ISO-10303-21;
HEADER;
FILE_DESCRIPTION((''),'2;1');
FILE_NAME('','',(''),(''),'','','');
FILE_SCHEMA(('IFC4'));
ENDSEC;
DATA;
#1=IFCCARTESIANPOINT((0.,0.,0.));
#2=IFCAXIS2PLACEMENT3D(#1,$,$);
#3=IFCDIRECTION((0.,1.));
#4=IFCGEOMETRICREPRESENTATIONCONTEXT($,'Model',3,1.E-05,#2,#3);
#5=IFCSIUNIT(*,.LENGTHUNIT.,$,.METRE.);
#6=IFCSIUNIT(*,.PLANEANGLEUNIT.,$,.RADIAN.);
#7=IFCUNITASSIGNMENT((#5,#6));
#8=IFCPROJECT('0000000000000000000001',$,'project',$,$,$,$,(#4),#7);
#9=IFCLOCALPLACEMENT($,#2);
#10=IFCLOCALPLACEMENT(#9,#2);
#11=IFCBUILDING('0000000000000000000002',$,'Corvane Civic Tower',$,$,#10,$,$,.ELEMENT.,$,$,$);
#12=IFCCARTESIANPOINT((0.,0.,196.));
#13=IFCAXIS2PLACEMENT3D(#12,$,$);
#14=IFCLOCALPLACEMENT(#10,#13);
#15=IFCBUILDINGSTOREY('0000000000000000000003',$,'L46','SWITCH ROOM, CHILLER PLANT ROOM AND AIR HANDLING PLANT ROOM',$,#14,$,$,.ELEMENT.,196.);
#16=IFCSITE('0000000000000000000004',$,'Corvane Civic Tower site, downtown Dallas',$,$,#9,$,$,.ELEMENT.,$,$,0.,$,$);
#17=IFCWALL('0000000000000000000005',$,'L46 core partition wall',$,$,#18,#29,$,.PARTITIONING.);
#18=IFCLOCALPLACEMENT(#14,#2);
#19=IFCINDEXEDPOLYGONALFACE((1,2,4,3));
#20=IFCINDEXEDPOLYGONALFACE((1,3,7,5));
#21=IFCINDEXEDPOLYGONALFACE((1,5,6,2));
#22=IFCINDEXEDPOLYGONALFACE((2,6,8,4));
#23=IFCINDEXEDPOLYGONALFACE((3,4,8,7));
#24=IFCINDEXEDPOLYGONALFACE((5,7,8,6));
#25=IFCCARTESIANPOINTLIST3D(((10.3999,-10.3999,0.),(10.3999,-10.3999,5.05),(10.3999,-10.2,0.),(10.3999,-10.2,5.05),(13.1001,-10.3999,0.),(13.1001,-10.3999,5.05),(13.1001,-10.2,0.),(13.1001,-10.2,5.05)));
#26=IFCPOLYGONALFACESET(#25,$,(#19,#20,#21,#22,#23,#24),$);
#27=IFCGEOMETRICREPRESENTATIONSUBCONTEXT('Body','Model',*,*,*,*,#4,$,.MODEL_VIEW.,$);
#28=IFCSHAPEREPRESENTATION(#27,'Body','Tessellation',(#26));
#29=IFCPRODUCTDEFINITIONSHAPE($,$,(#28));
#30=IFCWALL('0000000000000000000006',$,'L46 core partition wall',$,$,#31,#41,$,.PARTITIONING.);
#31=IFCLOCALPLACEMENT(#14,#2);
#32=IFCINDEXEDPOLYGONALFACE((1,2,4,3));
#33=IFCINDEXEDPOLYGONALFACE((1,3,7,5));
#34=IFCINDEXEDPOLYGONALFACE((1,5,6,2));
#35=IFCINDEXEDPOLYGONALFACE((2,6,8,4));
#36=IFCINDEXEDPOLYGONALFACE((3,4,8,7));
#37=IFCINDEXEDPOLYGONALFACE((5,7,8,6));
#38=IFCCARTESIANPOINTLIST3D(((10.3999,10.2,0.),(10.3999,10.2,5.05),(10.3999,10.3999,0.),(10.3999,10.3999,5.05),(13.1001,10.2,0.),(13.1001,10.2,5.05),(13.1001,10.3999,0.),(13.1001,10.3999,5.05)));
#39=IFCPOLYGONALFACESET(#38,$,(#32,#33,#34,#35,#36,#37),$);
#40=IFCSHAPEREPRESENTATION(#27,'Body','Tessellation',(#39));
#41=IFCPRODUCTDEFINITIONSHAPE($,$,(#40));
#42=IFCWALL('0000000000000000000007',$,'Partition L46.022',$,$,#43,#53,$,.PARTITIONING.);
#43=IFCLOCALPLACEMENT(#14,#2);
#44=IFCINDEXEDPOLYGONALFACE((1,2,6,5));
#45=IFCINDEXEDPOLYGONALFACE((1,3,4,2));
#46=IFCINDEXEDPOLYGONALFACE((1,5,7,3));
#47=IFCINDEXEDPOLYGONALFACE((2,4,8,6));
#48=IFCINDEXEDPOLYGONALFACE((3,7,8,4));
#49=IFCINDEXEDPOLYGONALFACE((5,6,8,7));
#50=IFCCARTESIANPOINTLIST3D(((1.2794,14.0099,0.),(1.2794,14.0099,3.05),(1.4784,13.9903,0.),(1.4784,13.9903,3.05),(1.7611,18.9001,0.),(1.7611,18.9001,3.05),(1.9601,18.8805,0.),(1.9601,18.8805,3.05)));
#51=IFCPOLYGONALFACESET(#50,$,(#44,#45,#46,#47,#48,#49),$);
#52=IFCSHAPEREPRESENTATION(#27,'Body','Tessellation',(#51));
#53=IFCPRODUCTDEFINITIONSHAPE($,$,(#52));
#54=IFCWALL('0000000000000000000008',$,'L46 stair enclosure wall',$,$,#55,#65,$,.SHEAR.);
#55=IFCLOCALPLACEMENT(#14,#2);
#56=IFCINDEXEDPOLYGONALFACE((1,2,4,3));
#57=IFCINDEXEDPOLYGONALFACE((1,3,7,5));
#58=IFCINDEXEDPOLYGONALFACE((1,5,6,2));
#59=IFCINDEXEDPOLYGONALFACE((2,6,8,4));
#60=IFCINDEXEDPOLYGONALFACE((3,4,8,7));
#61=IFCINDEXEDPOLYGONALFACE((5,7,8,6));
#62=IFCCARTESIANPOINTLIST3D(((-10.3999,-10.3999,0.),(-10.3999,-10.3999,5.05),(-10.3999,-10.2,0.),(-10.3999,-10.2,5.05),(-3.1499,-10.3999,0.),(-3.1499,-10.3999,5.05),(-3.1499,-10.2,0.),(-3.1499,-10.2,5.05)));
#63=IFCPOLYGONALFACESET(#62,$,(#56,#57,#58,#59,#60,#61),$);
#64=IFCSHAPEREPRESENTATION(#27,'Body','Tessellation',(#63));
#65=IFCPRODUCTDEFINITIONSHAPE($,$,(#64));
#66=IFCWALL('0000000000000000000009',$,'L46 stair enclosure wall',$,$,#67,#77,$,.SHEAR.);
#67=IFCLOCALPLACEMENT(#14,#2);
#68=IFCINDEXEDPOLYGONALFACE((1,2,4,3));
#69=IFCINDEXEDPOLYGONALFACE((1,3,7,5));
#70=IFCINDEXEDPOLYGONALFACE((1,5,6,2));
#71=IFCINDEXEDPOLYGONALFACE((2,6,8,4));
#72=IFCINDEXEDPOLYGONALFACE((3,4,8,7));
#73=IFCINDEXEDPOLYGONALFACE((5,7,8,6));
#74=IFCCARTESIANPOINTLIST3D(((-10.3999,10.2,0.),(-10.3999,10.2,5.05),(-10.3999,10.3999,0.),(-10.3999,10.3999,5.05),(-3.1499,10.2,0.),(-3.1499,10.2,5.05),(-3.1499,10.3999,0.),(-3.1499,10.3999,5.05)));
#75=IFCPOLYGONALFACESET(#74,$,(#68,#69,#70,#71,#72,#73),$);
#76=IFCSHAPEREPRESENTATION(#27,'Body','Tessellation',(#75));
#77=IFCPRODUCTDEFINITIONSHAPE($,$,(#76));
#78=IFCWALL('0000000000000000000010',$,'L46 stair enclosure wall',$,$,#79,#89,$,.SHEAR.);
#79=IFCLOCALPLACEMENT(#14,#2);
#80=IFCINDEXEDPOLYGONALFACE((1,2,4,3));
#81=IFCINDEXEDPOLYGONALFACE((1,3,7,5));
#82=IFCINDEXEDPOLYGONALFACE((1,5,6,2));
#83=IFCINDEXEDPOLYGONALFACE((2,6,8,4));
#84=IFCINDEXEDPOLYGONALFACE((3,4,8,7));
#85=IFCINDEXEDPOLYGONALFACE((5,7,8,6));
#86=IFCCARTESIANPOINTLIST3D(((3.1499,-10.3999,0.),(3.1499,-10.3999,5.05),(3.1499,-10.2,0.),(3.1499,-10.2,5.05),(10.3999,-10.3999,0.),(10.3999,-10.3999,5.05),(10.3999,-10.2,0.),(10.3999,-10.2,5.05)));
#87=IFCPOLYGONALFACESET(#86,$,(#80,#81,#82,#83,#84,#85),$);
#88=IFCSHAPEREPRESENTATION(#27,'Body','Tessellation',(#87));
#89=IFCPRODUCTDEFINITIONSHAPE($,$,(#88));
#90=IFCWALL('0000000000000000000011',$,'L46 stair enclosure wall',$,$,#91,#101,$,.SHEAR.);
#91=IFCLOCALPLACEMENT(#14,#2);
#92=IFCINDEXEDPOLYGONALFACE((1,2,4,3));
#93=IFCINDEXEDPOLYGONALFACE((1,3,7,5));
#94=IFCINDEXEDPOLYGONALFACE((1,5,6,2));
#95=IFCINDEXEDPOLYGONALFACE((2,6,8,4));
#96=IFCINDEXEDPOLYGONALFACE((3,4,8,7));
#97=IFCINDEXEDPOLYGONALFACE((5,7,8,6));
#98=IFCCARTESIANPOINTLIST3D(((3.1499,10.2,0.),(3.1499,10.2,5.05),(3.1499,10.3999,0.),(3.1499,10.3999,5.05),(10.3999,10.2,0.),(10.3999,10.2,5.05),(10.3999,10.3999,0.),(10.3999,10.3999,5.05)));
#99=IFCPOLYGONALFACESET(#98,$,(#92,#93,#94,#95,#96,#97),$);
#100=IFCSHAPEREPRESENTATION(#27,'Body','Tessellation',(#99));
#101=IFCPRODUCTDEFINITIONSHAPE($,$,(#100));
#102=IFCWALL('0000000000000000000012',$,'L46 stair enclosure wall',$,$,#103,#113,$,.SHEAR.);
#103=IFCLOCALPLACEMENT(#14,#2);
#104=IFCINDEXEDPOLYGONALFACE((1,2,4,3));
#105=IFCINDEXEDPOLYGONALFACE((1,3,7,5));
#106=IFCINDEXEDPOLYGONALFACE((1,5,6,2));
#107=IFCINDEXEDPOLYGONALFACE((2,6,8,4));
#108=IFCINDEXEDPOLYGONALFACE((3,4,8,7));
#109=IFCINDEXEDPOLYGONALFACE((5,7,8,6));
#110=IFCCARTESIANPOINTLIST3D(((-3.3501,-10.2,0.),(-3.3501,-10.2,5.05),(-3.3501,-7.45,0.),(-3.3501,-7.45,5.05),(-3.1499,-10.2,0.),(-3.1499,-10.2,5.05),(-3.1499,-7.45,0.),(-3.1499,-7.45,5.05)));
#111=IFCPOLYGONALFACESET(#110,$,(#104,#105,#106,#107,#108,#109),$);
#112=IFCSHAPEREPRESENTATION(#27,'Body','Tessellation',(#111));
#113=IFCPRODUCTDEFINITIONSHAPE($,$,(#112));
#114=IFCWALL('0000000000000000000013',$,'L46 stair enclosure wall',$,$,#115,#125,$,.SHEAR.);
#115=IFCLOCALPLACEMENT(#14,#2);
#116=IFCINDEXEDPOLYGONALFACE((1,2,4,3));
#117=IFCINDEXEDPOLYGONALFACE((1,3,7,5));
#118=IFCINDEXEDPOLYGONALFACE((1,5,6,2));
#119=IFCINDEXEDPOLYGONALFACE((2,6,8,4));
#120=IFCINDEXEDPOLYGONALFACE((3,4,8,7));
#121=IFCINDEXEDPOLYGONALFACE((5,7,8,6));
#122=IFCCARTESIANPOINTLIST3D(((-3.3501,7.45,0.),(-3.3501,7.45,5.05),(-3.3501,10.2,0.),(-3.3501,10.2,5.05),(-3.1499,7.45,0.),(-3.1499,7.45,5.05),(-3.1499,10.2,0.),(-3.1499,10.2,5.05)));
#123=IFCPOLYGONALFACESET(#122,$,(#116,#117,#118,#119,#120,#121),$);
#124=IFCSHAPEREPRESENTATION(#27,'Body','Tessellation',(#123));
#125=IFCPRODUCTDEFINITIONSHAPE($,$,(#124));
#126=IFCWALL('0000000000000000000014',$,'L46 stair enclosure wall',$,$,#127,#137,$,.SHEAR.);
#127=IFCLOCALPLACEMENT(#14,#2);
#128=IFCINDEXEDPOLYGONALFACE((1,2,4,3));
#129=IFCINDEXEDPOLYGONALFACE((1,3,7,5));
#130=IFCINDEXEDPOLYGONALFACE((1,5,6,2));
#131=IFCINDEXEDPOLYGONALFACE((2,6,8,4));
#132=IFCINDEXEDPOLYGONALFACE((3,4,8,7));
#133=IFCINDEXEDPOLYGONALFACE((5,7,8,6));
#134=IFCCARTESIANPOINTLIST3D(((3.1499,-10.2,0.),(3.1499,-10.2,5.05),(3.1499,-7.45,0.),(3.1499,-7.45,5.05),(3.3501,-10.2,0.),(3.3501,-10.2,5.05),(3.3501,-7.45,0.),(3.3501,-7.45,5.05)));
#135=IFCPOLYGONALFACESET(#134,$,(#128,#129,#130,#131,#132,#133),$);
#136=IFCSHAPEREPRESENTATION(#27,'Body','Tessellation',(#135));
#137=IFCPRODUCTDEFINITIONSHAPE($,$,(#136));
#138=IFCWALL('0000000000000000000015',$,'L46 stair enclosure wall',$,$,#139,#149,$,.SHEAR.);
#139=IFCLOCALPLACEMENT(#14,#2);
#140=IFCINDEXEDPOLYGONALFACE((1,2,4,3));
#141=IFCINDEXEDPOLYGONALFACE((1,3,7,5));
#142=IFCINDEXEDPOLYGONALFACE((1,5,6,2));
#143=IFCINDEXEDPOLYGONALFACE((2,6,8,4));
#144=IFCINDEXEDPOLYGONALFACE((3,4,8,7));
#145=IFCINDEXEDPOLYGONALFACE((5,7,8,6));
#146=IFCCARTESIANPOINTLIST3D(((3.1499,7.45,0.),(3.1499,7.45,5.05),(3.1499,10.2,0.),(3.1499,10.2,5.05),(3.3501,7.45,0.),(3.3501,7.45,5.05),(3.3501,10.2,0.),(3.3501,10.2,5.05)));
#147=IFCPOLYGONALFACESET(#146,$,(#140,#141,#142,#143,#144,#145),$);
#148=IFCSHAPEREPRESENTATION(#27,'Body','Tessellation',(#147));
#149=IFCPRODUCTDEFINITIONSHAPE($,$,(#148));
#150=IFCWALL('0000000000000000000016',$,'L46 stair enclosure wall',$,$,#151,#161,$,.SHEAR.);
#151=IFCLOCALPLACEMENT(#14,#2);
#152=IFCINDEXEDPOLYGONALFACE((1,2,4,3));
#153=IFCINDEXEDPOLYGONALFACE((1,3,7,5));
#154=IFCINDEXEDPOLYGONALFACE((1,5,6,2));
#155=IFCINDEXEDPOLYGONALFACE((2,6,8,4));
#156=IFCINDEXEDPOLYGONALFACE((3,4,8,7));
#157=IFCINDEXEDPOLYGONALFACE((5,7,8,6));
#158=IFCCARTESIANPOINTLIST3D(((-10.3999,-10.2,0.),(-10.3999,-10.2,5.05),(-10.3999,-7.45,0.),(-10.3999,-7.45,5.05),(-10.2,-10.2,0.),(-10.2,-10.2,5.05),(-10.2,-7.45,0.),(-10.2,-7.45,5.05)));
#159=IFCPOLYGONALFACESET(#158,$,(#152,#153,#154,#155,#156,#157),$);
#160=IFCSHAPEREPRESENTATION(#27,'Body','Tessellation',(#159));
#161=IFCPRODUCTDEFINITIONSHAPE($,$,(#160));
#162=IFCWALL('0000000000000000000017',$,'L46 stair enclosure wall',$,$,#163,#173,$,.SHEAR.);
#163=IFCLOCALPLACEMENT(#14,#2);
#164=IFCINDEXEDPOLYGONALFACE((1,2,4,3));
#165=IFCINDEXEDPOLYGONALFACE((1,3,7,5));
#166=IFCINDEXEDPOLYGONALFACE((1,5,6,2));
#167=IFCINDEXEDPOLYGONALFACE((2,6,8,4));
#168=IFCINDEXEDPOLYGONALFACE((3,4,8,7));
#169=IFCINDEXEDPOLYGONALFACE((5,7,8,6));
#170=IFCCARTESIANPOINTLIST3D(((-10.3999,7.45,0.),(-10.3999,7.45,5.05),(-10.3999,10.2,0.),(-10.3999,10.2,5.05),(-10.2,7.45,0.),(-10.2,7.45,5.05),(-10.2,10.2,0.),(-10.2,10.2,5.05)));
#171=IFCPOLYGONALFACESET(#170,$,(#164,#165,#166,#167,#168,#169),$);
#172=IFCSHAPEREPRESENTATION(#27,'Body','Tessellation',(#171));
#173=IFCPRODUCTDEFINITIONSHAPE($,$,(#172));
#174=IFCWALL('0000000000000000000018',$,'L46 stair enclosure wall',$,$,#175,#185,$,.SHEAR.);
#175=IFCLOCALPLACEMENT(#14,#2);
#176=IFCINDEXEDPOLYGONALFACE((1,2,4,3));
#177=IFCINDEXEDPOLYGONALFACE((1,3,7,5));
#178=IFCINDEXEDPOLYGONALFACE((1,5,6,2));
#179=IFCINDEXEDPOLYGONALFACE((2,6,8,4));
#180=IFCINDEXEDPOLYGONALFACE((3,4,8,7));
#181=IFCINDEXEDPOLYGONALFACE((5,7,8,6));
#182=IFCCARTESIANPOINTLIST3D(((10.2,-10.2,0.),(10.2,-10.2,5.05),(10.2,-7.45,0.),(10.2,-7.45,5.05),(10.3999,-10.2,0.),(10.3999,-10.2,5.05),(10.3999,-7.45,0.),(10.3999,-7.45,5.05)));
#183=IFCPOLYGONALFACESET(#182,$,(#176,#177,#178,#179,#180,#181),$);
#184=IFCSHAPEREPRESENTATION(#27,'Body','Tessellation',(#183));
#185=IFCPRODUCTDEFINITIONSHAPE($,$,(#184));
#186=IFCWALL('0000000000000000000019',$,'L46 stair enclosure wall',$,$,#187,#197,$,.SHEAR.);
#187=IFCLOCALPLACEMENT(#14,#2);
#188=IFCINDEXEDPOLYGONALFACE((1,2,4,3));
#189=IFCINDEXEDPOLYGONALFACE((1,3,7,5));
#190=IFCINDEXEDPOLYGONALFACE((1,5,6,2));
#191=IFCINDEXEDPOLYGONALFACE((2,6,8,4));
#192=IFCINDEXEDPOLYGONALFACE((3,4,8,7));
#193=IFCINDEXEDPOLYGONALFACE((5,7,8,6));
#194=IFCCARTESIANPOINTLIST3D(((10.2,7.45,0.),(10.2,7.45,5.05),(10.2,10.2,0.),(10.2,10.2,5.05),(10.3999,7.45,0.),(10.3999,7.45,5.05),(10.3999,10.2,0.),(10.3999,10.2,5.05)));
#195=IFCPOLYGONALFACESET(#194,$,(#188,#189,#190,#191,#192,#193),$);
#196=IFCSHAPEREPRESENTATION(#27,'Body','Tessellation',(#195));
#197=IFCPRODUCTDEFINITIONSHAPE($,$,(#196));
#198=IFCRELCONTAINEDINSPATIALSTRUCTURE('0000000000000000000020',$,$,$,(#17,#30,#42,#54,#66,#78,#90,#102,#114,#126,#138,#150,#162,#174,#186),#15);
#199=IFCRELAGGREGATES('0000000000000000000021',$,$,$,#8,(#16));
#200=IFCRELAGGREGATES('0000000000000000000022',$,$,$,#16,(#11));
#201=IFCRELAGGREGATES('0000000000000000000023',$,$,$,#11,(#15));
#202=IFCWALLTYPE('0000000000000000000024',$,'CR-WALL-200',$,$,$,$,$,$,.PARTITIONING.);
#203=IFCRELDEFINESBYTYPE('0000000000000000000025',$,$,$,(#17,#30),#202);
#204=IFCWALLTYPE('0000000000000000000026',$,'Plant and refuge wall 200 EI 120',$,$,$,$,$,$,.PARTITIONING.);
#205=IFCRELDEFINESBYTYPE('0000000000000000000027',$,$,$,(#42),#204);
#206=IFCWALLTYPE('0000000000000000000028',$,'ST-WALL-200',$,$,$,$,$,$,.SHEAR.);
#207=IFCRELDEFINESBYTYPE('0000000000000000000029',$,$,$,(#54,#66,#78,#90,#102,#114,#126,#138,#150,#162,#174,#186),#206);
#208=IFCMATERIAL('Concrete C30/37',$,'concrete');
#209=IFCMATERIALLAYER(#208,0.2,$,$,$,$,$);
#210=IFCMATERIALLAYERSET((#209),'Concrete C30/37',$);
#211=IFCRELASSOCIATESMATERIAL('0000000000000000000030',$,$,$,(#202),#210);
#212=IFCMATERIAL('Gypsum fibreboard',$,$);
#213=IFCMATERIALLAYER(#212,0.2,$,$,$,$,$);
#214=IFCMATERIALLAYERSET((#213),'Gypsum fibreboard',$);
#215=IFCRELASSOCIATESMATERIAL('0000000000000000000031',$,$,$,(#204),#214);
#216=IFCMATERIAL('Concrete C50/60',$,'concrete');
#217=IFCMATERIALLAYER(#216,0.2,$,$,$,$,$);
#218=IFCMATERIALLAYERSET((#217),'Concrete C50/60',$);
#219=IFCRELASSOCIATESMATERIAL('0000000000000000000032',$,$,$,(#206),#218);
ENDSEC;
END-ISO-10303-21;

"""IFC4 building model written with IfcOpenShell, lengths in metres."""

from ifc_helpers import new_model, si_unit, direction, frame, frame_2d, origin, place, context, subcontext, project, spatial, polyline, rectangle, outline, extrude, material, layer, layer_set, type_object, element, save


model = new_model("IFC4")

# Units and contexts
model_context = context("Model", 3, precision=1e-05, world=origin(), true_north=direction((0.0, 1.0)))
body_context = subcontext(model_context, "Body", "Model", "MODEL_VIEW")
ifc_project = project(units=[si_unit("LENGTHUNIT", "METRE"), si_unit("PLANEANGLEUNIT", "RADIAN")], contexts=[model_context])

# Site, building, storey
site_placement = place(None, origin())
site = spatial("IfcSite", under=ifc_project, at=site_placement, Name="Corvane Civic Tower site, downtown Dallas", CompositionType="ELEMENT", RefElevation=0.0)
building_placement = place(site_placement, origin())
building = spatial("IfcBuilding", under=site, at=building_placement, Name="Corvane Civic Tower", CompositionType="ELEMENT")
storey_placement = place(building_placement, frame((0.0, 0.0, 196.0)))
storey = spatial("IfcBuildingStorey", under=building, at=storey_placement, Name="L46", Description="SWITCH ROOM, CHILLER PLANT ROOM AND AIR HANDLING PLANT ROOM", CompositionType="ELEMENT", Elevation=196.0)

# Walls
ifc_material_1 = material(Name="Concrete C30/37", Category="concrete")
ifc_layer_1 = layer(ifc_material_1, 0.2)
ifc_layer_set_1 = layer_set([ifc_layer_1], Name="Concrete C30/37")
wall_type_1 = type_object("IfcWallType", Name="CR-WALL-200", PredefinedType="PARTITIONING", material=ifc_layer_set_1)
wall_1_placement = place(storey_placement, origin())
element("IfcWall", 1, at=wall_1_placement, inside=storey, type_object=wall_type_1, Name="L46 core partition wall", PredefinedType="PARTITIONING", context=body_context, shape_type="SweptSolid", body=[
    extrude(outline(polyline([(13.1001, -10.3999), (10.3999, -10.3999), (10.3999, -10.2), (13.1001, -10.2), (13.1001, -10.3999)])), origin(), (0.0, 0.0, 1.0), 5.05),
])
wall_2_placement = place(storey_placement, origin())
element("IfcWall", 2, at=wall_2_placement, inside=storey, type_object=wall_type_1, Name="L46 core partition wall", PredefinedType="PARTITIONING", context=body_context, shape_type="SweptSolid", body=[
    extrude(outline(polyline([(10.3999, 10.2), (10.3999, 10.3999), (13.1001, 10.3999), (13.1001, 10.2), (10.3999, 10.2)])), origin(), (0.0, 0.0, 1.0), 5.05),
])
ifc_material_2 = material(Name="Gypsum fibreboard")
ifc_layer_2 = layer(ifc_material_2, 0.2)
ifc_layer_set_2 = layer_set([ifc_layer_2], Name="Gypsum fibreboard")
wall_type_2 = type_object("IfcWallType", Name="Plant and refuge wall 200 EI 120", PredefinedType="PARTITIONING", material=ifc_layer_set_2)
wall_3_placement = place(storey_placement, frame((1.3789, 14.0, 0.0), z_axis=(0.0, 0.0, 1.0), x_axis=(0.098028, 0.995184, 0.0)))
element("IfcWall", 3, at=wall_3_placement, inside=storey, type_object=wall_type_2, Name="Partition L46.022", PredefinedType="PARTITIONING", context=body_context, shape_type="SweptSolid", body=[
    extrude(rectangle(XDim=4.9138, YDim=0.2, at=frame_2d((2.457, 0.0))), origin(), (0.0, 0.0, 1.0), 3.05),
])
ifc_material_3 = material(Name="Concrete C50/60", Category="concrete")
ifc_layer_3 = layer(ifc_material_3, 0.2)
ifc_layer_set_3 = layer_set([ifc_layer_3], Name="Concrete C50/60")
wall_type_3 = type_object("IfcWallType", Name="ST-WALL-200", PredefinedType="SHEAR", material=ifc_layer_set_3)
wall_4_placement = place(storey_placement, origin())
element("IfcWall", 4, at=wall_4_placement, inside=storey, type_object=wall_type_3, Name="L46 stair enclosure wall", PredefinedType="SHEAR", context=body_context, shape_type="SweptSolid", body=[
    extrude(outline(polyline([(-3.1499, -10.2), (-3.1499, -10.3999), (-10.3999, -10.3999), (-10.3999, -10.2), (-3.1499, -10.2)])), origin(), (0.0, 0.0, 1.0), 5.05),
])
wall_5_placement = place(storey_placement, origin())
element("IfcWall", 5, at=wall_5_placement, inside=storey, type_object=wall_type_3, Name="L46 stair enclosure wall", PredefinedType="SHEAR", context=body_context, shape_type="SweptSolid", body=[
    extrude(outline(polyline([(-3.1499, 10.2), (-10.3999, 10.2), (-10.3999, 10.3999), (-3.1499, 10.3999), (-3.1499, 10.2)])), origin(), (0.0, 0.0, 1.0), 5.05),
])
wall_6_placement = place(storey_placement, origin())
element("IfcWall", 6, at=wall_6_placement, inside=storey, type_object=wall_type_3, Name="L46 stair enclosure wall", PredefinedType="SHEAR", context=body_context, shape_type="SweptSolid", body=[
    extrude(outline(polyline([(10.3999, -10.3999), (3.1499, -10.3999), (3.1499, -10.2), (10.3999, -10.2), (10.3999, -10.3999)])), origin(), (0.0, 0.0, 1.0), 5.05),
])
wall_7_placement = place(storey_placement, origin())
element("IfcWall", 7, at=wall_7_placement, inside=storey, type_object=wall_type_3, Name="L46 stair enclosure wall", PredefinedType="SHEAR", context=body_context, shape_type="SweptSolid", body=[
    extrude(outline(polyline([(10.3999, 10.2), (3.1499, 10.2), (3.1499, 10.3999), (10.3999, 10.3999), (10.3999, 10.2)])), origin(), (0.0, 0.0, 1.0), 5.05),
])
wall_8_placement = place(storey_placement, origin())
element("IfcWall", 8, at=wall_8_placement, inside=storey, type_object=wall_type_3, Name="L46 stair enclosure wall", PredefinedType="SHEAR", context=body_context, shape_type="SweptSolid", body=[
    extrude(outline(polyline([(-3.1499, -7.45), (-3.1499, -10.2), (-3.3501, -10.2), (-3.3501, -7.45), (-3.1499, -7.45)])), origin(), (0.0, 0.0, 1.0), 5.05),
])
wall_9_placement = place(storey_placement, origin())
element("IfcWall", 9, at=wall_9_placement, inside=storey, type_object=wall_type_3, Name="L46 stair enclosure wall", PredefinedType="SHEAR", context=body_context, shape_type="SweptSolid", body=[
    extrude(outline(polyline([(-3.1499, 7.45), (-3.3501, 7.45), (-3.3501, 10.2), (-3.1499, 10.2), (-3.1499, 7.45)])), origin(), (0.0, 0.0, 1.0), 5.05),
])
wall_10_placement = place(storey_placement, origin())
element("IfcWall", 10, at=wall_10_placement, inside=storey, type_object=wall_type_3, Name="L46 stair enclosure wall", PredefinedType="SHEAR", context=body_context, shape_type="SweptSolid", body=[
    extrude(outline(polyline([(3.3501, -7.45), (3.3501, -10.2), (3.1499, -10.2), (3.1499, -7.45), (3.3501, -7.45)])), origin(), (0.0, 0.0, 1.0), 5.05),
])
wall_11_placement = place(storey_placement, origin())
element("IfcWall", 11, at=wall_11_placement, inside=storey, type_object=wall_type_3, Name="L46 stair enclosure wall", PredefinedType="SHEAR", context=body_context, shape_type="SweptSolid", body=[
    extrude(outline(polyline([(3.3501, 7.45), (3.1499, 7.45), (3.1499, 10.2), (3.3501, 10.2), (3.3501, 7.45)])), origin(), (0.0, 0.0, 1.0), 5.05),
])
wall_12_placement = place(storey_placement, origin())
element("IfcWall", 12, at=wall_12_placement, inside=storey, type_object=wall_type_3, Name="L46 stair enclosure wall", PredefinedType="SHEAR", context=body_context, shape_type="SweptSolid", body=[
    extrude(outline(polyline([(-10.2, -7.45), (-10.2, -10.2), (-10.3999, -10.2), (-10.3999, -7.45), (-10.2, -7.45)])), origin(), (0.0, 0.0, 1.0), 5.05),
])
wall_13_placement = place(storey_placement, origin())
element("IfcWall", 13, at=wall_13_placement, inside=storey, type_object=wall_type_3, Name="L46 stair enclosure wall", PredefinedType="SHEAR", context=body_context, shape_type="SweptSolid", body=[
    extrude(outline(polyline([(-10.2, 7.45), (-10.3999, 7.45), (-10.3999, 10.2), (-10.2, 10.2), (-10.2, 7.45)])), origin(), (0.0, 0.0, 1.0), 5.05),
])
wall_14_placement = place(storey_placement, origin())
element("IfcWall", 14, at=wall_14_placement, inside=storey, type_object=wall_type_3, Name="L46 stair enclosure wall", PredefinedType="SHEAR", context=body_context, shape_type="SweptSolid", body=[
    extrude(outline(polyline([(10.3999, -7.45), (10.3999, -10.2), (10.2, -10.2), (10.2, -7.45), (10.3999, -7.45)])), origin(), (0.0, 0.0, 1.0), 5.05),
])
wall_15_placement = place(storey_placement, origin())
element("IfcWall", 15, at=wall_15_placement, inside=storey, type_object=wall_type_3, Name="L46 stair enclosure wall", PredefinedType="SHEAR", context=body_context, shape_type="SweptSolid", body=[
    extrude(outline(polyline([(10.3999, 7.45), (10.2, 7.45), (10.2, 10.2), (10.3999, 10.2), (10.3999, 7.45)])), origin(), (0.0, 0.0, 1.0), 5.05),
])

save(model, "model.ifc")
